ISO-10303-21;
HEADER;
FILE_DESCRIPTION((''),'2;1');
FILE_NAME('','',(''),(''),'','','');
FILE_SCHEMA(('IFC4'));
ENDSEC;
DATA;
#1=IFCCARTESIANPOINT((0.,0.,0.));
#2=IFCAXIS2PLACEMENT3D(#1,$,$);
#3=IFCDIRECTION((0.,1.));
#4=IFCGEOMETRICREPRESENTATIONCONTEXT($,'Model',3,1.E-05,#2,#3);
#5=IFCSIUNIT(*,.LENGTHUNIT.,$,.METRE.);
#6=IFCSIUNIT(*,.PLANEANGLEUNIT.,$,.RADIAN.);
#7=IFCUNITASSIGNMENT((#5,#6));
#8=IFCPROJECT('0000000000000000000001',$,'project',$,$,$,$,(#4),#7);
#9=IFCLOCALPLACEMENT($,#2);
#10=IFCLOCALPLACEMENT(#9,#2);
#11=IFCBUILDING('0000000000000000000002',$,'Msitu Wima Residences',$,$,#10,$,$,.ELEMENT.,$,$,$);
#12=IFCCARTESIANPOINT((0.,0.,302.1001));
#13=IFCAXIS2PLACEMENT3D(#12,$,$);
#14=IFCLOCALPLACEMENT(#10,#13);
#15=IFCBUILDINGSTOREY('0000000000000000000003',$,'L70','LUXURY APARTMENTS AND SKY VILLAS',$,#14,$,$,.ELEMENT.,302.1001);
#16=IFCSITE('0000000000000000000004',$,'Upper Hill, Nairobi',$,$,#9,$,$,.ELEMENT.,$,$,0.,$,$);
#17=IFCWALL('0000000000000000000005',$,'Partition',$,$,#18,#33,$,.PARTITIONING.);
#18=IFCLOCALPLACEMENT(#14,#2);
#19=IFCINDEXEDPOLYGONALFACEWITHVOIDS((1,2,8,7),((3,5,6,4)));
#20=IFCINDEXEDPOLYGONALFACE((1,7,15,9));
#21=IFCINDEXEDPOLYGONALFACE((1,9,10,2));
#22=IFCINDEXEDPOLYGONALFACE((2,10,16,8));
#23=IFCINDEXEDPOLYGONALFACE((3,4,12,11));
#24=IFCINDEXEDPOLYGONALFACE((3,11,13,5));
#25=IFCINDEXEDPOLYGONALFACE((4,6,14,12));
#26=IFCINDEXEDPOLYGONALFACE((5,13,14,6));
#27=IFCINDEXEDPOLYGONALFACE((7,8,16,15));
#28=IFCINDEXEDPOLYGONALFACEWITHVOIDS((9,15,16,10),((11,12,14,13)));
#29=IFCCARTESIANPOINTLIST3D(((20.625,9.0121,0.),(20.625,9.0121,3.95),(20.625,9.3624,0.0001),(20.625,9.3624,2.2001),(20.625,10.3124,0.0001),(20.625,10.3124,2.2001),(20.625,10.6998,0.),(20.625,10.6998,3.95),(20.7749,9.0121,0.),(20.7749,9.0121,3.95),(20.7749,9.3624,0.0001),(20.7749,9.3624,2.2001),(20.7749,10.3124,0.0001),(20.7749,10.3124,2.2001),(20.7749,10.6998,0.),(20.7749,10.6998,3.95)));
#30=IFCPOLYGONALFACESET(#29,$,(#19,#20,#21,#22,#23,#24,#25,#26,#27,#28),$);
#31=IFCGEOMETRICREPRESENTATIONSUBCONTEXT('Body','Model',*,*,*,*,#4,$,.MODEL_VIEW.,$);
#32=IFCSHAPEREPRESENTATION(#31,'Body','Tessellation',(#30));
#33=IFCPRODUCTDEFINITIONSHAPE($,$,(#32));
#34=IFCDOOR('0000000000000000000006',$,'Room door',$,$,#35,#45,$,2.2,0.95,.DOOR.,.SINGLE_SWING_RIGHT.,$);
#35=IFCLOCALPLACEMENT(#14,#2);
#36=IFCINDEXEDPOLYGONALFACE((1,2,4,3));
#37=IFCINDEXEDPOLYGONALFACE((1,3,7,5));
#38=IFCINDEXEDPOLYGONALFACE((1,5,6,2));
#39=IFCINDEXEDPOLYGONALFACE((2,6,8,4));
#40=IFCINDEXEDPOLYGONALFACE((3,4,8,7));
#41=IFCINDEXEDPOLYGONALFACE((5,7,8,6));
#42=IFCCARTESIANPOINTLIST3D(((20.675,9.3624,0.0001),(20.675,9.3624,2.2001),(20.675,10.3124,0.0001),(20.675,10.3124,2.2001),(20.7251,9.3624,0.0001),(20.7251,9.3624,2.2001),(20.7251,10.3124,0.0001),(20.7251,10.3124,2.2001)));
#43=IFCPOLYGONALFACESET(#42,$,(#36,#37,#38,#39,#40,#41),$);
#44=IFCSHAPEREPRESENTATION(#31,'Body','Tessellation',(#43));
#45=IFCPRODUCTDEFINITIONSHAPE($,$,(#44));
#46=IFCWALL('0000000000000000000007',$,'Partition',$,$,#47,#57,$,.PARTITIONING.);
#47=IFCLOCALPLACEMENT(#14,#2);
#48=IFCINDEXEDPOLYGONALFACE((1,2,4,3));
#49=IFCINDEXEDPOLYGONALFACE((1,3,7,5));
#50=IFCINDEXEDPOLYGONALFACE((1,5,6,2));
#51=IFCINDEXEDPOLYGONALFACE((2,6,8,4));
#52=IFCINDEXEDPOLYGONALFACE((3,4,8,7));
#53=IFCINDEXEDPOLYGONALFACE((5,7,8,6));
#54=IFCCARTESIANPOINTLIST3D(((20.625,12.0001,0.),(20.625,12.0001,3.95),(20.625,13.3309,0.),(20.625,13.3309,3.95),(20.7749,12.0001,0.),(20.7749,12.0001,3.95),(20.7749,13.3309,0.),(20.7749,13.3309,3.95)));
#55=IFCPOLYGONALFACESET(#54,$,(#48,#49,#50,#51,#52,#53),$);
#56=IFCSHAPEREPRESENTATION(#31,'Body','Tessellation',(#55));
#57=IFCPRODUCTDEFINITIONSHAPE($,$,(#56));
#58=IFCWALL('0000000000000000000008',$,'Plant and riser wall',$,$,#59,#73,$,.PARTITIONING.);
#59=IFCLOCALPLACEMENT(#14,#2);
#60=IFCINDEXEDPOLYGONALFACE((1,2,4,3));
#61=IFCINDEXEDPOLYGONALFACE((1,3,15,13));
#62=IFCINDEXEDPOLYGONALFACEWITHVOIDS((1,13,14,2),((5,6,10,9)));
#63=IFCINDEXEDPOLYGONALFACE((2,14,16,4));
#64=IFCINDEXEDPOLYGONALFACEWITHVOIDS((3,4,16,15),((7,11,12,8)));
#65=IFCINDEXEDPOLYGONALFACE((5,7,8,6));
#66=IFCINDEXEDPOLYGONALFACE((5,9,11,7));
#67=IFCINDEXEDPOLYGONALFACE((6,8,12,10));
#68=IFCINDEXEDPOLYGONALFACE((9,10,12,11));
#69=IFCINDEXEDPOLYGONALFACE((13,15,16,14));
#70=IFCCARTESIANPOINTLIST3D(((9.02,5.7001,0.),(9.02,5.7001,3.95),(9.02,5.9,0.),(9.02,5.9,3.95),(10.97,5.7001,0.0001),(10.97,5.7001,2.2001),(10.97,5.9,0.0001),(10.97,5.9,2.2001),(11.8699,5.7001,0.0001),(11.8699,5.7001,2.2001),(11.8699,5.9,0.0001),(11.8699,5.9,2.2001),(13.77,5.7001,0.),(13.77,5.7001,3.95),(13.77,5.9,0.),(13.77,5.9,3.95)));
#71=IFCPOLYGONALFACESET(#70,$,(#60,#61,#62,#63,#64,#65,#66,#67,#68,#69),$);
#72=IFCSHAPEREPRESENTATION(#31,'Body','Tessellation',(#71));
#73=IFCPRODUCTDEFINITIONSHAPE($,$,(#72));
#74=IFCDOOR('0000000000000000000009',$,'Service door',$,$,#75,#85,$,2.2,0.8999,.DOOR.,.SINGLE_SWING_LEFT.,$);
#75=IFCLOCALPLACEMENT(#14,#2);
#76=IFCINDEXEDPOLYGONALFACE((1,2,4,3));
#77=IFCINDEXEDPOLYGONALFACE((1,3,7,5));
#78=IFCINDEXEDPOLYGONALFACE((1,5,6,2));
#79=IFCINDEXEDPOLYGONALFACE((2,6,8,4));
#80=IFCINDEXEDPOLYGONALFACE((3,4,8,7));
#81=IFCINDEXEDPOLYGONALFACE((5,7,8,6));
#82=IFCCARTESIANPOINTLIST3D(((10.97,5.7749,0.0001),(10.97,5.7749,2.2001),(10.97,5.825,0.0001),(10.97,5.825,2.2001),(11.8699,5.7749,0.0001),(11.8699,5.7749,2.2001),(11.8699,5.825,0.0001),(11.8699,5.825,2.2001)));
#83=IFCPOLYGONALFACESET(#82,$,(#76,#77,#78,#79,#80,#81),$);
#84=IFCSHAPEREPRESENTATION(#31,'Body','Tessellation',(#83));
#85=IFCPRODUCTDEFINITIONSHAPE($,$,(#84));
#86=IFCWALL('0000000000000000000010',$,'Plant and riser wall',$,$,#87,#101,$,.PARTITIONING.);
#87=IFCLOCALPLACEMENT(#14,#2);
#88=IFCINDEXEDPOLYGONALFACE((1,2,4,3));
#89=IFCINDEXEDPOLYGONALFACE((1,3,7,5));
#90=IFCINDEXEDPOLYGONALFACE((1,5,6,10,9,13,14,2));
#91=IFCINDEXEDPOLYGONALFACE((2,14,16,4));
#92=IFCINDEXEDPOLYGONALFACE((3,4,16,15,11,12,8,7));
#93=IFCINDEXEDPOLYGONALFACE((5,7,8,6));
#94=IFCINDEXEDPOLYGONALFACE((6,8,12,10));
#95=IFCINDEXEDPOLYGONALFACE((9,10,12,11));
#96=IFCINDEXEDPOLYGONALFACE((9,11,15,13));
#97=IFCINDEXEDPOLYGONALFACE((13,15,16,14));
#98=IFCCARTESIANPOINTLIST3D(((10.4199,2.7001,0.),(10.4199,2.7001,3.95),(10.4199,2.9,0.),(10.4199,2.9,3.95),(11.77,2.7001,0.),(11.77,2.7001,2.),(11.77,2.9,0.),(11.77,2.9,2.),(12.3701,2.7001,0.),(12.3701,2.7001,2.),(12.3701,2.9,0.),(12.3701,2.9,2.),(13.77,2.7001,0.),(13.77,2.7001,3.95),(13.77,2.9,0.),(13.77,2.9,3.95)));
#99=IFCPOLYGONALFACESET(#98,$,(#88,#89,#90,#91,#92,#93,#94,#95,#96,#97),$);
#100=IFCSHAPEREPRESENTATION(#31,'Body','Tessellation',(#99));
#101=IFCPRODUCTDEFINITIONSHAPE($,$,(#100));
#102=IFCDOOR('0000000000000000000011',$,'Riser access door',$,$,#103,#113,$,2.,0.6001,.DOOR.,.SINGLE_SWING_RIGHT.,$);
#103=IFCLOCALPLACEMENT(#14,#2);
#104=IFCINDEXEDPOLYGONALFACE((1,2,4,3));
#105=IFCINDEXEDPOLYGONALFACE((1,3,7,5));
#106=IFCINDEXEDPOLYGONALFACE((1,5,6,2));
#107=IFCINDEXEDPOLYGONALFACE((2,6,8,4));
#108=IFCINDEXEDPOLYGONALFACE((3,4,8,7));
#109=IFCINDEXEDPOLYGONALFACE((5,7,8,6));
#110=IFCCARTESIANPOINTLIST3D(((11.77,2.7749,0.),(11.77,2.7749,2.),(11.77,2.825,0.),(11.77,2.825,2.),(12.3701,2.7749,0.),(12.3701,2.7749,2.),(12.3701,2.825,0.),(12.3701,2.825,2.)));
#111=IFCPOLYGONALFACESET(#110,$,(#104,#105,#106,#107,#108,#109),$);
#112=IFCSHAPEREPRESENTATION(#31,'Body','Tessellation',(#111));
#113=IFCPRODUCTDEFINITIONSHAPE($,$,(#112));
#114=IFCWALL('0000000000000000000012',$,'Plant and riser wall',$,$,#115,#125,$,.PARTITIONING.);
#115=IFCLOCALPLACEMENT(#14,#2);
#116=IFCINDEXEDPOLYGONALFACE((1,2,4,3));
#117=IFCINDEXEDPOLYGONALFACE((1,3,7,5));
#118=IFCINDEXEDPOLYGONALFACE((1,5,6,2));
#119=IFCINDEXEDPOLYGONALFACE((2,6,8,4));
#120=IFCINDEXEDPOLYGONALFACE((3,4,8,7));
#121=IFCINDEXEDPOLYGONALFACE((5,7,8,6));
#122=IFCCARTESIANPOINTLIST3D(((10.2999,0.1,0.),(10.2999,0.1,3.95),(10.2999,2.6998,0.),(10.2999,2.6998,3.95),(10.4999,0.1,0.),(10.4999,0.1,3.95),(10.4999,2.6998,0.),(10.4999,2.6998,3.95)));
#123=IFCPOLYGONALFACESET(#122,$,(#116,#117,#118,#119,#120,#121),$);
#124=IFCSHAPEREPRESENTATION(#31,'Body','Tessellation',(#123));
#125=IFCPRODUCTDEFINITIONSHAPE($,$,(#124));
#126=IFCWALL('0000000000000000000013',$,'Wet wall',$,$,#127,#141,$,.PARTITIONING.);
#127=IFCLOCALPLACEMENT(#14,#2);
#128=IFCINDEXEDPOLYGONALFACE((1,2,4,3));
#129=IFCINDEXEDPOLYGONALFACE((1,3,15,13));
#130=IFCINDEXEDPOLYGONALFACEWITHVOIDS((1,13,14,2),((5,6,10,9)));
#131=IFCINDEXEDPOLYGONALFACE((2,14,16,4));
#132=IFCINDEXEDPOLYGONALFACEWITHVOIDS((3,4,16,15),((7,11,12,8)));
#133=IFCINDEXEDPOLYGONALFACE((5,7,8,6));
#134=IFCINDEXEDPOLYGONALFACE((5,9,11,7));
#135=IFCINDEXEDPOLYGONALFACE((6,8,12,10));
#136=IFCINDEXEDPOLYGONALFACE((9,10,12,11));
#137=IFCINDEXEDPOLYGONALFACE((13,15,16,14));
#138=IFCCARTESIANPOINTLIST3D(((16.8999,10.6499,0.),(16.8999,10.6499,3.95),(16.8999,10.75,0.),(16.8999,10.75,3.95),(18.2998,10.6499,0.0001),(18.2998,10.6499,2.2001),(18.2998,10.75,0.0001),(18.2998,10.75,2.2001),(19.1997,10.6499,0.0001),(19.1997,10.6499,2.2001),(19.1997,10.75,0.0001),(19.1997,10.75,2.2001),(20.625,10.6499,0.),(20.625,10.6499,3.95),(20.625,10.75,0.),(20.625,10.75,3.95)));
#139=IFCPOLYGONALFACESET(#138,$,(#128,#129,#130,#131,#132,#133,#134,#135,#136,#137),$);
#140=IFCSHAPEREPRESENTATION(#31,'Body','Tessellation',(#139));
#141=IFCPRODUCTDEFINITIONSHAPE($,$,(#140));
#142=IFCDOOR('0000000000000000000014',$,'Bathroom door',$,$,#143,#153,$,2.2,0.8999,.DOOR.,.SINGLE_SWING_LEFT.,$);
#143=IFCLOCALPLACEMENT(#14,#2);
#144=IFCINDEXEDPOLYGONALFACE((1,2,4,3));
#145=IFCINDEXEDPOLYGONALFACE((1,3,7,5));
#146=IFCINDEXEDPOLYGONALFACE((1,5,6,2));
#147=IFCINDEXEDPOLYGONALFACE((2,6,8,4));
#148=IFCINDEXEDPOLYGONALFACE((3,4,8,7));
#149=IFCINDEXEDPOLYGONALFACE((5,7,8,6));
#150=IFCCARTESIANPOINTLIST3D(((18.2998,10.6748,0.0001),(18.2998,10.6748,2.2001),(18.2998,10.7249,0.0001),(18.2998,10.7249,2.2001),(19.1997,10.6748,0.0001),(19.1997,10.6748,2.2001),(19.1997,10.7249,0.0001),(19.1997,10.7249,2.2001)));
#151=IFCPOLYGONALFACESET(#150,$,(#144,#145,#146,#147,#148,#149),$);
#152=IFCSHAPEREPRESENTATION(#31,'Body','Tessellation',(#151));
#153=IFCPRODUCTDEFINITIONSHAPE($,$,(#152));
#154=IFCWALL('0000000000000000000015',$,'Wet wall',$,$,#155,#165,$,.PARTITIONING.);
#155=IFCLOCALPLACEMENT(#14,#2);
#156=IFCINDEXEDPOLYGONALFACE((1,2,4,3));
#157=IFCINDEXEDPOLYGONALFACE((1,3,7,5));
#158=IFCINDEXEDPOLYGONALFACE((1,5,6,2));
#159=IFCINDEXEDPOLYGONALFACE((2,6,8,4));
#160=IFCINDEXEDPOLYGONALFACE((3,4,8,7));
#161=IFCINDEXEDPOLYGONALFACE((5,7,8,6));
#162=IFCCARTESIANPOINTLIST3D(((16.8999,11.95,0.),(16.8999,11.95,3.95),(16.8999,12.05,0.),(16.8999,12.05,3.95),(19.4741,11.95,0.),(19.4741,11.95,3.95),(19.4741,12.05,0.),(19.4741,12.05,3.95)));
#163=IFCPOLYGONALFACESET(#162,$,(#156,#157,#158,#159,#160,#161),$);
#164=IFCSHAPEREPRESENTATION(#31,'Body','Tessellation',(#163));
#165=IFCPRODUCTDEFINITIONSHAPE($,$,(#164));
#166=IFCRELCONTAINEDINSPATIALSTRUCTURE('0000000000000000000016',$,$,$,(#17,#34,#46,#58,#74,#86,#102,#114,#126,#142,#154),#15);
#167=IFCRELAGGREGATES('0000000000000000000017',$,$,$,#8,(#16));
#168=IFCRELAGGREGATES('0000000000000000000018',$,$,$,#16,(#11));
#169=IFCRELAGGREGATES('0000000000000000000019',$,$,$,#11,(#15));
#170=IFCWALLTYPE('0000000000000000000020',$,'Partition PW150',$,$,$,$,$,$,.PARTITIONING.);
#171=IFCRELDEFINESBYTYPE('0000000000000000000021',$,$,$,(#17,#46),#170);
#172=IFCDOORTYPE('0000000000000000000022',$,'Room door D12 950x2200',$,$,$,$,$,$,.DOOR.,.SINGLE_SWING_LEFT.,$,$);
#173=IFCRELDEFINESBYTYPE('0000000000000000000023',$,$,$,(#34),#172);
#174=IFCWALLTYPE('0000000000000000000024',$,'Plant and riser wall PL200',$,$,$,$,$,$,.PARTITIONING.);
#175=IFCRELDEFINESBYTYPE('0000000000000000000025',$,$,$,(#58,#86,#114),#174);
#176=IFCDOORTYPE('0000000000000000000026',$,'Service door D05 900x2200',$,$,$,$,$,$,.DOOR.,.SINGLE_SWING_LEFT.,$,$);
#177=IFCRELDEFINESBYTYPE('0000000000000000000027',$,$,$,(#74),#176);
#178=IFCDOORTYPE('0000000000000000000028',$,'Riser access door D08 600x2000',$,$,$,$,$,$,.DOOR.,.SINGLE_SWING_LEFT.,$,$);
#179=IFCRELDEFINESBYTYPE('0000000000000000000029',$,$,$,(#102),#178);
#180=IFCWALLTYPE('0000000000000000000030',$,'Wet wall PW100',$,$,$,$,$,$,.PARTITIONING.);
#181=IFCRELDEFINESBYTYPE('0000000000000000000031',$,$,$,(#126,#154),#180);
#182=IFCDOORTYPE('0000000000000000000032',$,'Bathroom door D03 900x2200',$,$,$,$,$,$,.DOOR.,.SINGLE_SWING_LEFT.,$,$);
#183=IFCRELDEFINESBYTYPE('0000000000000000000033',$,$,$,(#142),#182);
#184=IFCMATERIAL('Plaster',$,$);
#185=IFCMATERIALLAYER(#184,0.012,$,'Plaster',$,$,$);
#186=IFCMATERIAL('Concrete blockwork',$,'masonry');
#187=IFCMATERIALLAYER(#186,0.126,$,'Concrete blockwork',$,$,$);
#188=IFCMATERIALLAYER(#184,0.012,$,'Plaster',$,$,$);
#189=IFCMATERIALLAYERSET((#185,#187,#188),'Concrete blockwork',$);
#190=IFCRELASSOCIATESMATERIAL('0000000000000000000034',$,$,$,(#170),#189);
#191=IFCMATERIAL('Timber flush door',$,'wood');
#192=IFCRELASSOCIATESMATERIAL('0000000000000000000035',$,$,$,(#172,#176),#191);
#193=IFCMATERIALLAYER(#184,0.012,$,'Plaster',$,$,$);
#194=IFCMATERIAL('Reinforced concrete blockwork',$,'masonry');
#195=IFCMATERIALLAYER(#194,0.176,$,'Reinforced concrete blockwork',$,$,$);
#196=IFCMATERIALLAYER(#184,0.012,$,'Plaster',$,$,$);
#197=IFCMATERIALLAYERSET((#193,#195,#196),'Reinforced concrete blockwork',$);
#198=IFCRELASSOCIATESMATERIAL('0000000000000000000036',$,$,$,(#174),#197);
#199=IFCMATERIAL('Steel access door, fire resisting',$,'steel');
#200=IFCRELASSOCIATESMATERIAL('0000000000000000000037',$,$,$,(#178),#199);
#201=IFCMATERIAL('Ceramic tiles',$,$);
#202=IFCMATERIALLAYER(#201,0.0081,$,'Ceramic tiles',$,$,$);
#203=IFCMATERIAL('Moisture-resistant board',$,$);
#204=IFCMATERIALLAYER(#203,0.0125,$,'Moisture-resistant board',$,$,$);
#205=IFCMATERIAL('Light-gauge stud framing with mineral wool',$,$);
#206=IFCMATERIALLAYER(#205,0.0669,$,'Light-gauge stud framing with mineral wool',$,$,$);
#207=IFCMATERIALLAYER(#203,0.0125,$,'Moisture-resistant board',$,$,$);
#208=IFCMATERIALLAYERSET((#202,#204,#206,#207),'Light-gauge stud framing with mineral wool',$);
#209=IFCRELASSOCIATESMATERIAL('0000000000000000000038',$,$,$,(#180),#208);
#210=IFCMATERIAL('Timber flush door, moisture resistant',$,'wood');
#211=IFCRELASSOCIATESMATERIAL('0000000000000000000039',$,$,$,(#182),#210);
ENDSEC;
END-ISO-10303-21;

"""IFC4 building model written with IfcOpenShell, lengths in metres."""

from ifc_helpers import new_model, si_unit, direction, frame, frame_2d, origin, place, context, subcontext, project, spatial, rectangle, extrude, material, layer, layer_set, type_object, element, fill, save


model = new_model("IFC4")

# Units and contexts
model_context = context("Model", 3, precision=1e-05, world=origin(), true_north=direction((0.0, 1.0)))
body_context = subcontext(model_context, "Body", "Model", "MODEL_VIEW")
ifc_project = project(units=[si_unit("LENGTHUNIT", "METRE"), si_unit("PLANEANGLEUNIT", "RADIAN")], contexts=[model_context])

# Site, building, storey
site_placement = place(None, origin())
site = spatial("IfcSite", under=ifc_project, at=site_placement, Name="Upper Hill, Nairobi", CompositionType="ELEMENT", RefElevation=0.0)
building_placement = place(site_placement, origin())
building = spatial("IfcBuilding", under=site, at=building_placement, Name="Msitu Wima Residences", CompositionType="ELEMENT")
storey_placement = place(building_placement, frame((0.0, 0.0, 302.1001)))
storey = spatial("IfcBuildingStorey", under=building, at=storey_placement, Name="L70", Description="LUXURY APARTMENTS AND SKY VILLAS", CompositionType="ELEMENT", Elevation=302.1001)

# Shared definitions
ifc_material_1 = material(Name="Plaster")
ifc_layer_1 = layer(ifc_material_1, 0.012, Name="Plaster")
ifc_material_2 = material(Name="Concrete blockwork", Category="masonry")
ifc_layer_2 = layer(ifc_material_2, 0.126, Name="Concrete blockwork")
ifc_layer_3 = layer(ifc_material_1, 0.012, Name="Plaster")
ifc_layer_set_1 = layer_set([ifc_layer_1, ifc_layer_2, ifc_layer_3], Name="Concrete blockwork")
wall_type_1 = type_object("IfcWallType", Name="Partition PW150", PredefinedType="PARTITIONING", material=ifc_layer_set_1)
ifc_material_3 = material(Name="Timber flush door", Category="wood")
door_type_1 = type_object("IfcDoorType", Name="Room door D12 950x2200", OperationType="SINGLE_SWING_LEFT", PredefinedType="DOOR", material=ifc_material_3)

# Wall, opening, door
wall_1_placement = place(storey_placement, frame((20.7, 9.0122, 0.0), z_axis=(0.0, 0.0, 1.0), x_axis=(0.0, 1.0, 0.0)))
wall_1 = element("IfcWall", 1, at=wall_1_placement, inside=storey, type_object=wall_type_1, Name="Partition", PredefinedType="PARTITIONING", context=body_context, shape_type="SweptSolid", body=[
    extrude(rectangle(XDim=1.6877, YDim=0.1499, at=frame_2d((0.8438, 0.0))), origin(), (0.0, 0.0, 1.0), 3.95),
])
opening_1_placement = place(wall_1_placement, frame((0.3501, 0.0, 0.0)))
opening_1 = element("IfcOpeningElement", 2, at=opening_1_placement, cuts=wall_1, PredefinedType="OPENING", context=body_context, shape_type="SweptSolid", body=[
    extrude(rectangle(XDim=0.95, YDim=2.2, at=frame_2d((0.4751, 1.1001))), frame((0.0, 0.085, 0.0), z_axis=(0.0, -1.0, 0.0), x_axis=(1.0, 0.0, 0.0)), (0.0, 0.0, 1.0), 0.1699),
])
door_1_placement = place(opening_1_placement, origin())
door_1 = element("IfcDoor", 3, at=door_1_placement, inside=storey, type_object=door_type_1, Name="Room door", OperationType="SINGLE_SWING_RIGHT", OverallHeight=2.2, OverallWidth=0.95, PredefinedType="DOOR", context=body_context, shape_type="SweptSolid", body=[
    extrude(rectangle(XDim=0.95, YDim=2.2, at=frame_2d((0.4751, 1.1001))), frame((0.0, 0.0249, 0.0), z_axis=(0.0, -1.0, 0.0), x_axis=(1.0, 0.0, 0.0)), (0.0, 0.0, 1.0), 0.05),
])
fill(opening_1, door_1)

# Wall
wall_2_placement = place(storey_placement, frame((20.7, 12.0, 0.0), z_axis=(0.0, 0.0, 1.0), x_axis=(0.0, 1.0, 0.0)))
element("IfcWall", 4, at=wall_2_placement, inside=storey, type_object=wall_type_1, Name="Partition", PredefinedType="PARTITIONING", context=body_context, shape_type="SweptSolid", body=[
    extrude(rectangle(XDim=1.3308, YDim=0.1499, at=frame_2d((0.6655, 0.0))), origin(), (0.0, 0.0, 1.0), 3.95),
])

# Walls, openings, doors
ifc_layer_4 = layer(ifc_material_1, 0.012, Name="Plaster")
ifc_material_4 = material(Name="Reinforced concrete blockwork", Category="masonry")
ifc_layer_5 = layer(ifc_material_4, 0.176, Name="Reinforced concrete blockwork")
ifc_layer_6 = layer(ifc_material_1, 0.012, Name="Plaster")
ifc_layer_set_2 = layer_set([ifc_layer_4, ifc_layer_5, ifc_layer_6], Name="Reinforced concrete blockwork")
wall_type_2 = type_object("IfcWallType", Name="Plant and riser wall PL200", PredefinedType="PARTITIONING", material=ifc_layer_set_2)
wall_3_placement = place(storey_placement, frame((9.02, 5.8, 0.0), z_axis=(0.0, 0.0, 1.0), x_axis=(1.0, 0.0, 0.0)))
wall_3 = element("IfcWall", 5, at=wall_3_placement, inside=storey, type_object=wall_type_2, Name="Plant and riser wall", PredefinedType="PARTITIONING", context=body_context, shape_type="SweptSolid", body=[
    extrude(rectangle(XDim=4.75, YDim=0.2, at=frame_2d((2.375, 0.0))), origin(), (0.0, 0.0, 1.0), 3.95),
])
opening_2_placement = place(wall_3_placement, frame((1.95, 0.0, 0.0)))
opening_2 = element("IfcOpeningElement", 6, at=opening_2_placement, cuts=wall_3, PredefinedType="OPENING", context=body_context, shape_type="SweptSolid", body=[
    extrude(rectangle(XDim=0.8999, YDim=2.2, at=frame_2d((0.45, 1.1001))), frame((0.0, 0.1099, 0.0), z_axis=(0.0, -1.0, 0.0), x_axis=(1.0, 0.0, 0.0)), (0.0, 0.0, 1.0), 0.22),
])
door_type_2 = type_object("IfcDoorType", Name="Service door D05 900x2200", OperationType="SINGLE_SWING_LEFT", PredefinedType="DOOR", material=ifc_material_3)
door_2_placement = place(opening_2_placement, origin())
door_2 = element("IfcDoor", 7, at=door_2_placement, inside=storey, type_object=door_type_2, Name="Service door", OperationType="SINGLE_SWING_LEFT", OverallHeight=2.2, OverallWidth=0.8999, PredefinedType="DOOR", context=body_context, shape_type="SweptSolid", body=[
    extrude(rectangle(XDim=0.8999, YDim=2.2, at=frame_2d((0.45, 1.1001))), frame((0.0, 0.0249, 0.0), z_axis=(0.0, -1.0, 0.0), x_axis=(1.0, 0.0, 0.0)), (0.0, 0.0, 1.0), 0.05),
])
fill(opening_2, door_2)
wall_4_placement = place(storey_placement, frame((10.4199, 2.8, 0.0), z_axis=(0.0, 0.0, 1.0), x_axis=(1.0, 0.0, 0.0)))
wall_4 = element("IfcWall", 8, at=wall_4_placement, inside=storey, type_object=wall_type_2, Name="Plant and riser wall", PredefinedType="PARTITIONING", context=body_context, shape_type="SweptSolid", body=[
    extrude(rectangle(XDim=3.3501, YDim=0.2, at=frame_2d((1.675, 0.0))), origin(), (0.0, 0.0, 1.0), 3.95),
])
opening_3_placement = place(wall_4_placement, frame((1.3501, 0.0, 0.0)))
opening_3 = element("IfcOpeningElement", 9, at=opening_3_placement, cuts=wall_4, PredefinedType="OPENING", context=body_context, shape_type="SweptSolid", body=[
    extrude(rectangle(XDim=0.6001, YDim=2.0, at=frame_2d((0.3, 1.0))), frame((0.0, 0.1099, 0.0), z_axis=(0.0, -1.0, 0.0), x_axis=(1.0, 0.0, 0.0)), (0.0, 0.0, 1.0), 0.22),
])
ifc_material_5 = material(Name="Steel access door, fire resisting", Category="steel")
door_type_3 = type_object("IfcDoorType", Name="Riser access door D08 600x2000", OperationType="SINGLE_SWING_LEFT", PredefinedType="DOOR", material=ifc_material_5)
door_3_placement = place(opening_3_placement, origin())
door_3 = element("IfcDoor", 10, at=door_3_placement, inside=storey, type_object=door_type_3, Name="Riser access door", OperationType="SINGLE_SWING_RIGHT", OverallHeight=2.0, OverallWidth=0.6001, PredefinedType="DOOR", context=body_context, shape_type="SweptSolid", body=[
    extrude(rectangle(XDim=0.6001, YDim=2.0, at=frame_2d((0.3, 1.0))), frame((0.0, 0.0249, 0.0), z_axis=(0.0, -1.0, 0.0), x_axis=(1.0, 0.0, 0.0)), (0.0, 0.0, 1.0), 0.05),
])
fill(opening_3, door_3)

# Wall
wall_5_placement = place(storey_placement, frame((10.3999, 0.1001, 0.0), z_axis=(0.0, 0.0, 1.0), x_axis=(0.0, 1.0, 0.0)))
element("IfcWall", 11, at=wall_5_placement, inside=storey, type_object=wall_type_2, Name="Plant and riser wall", PredefinedType="PARTITIONING", context=body_context, shape_type="SweptSolid", body=[
    extrude(rectangle(XDim=2.5999, YDim=0.2, at=frame_2d((1.2998, 0.0))), origin(), (0.0, 0.0, 1.0), 3.95),
])

# Wall, opening, door
ifc_material_6 = material(Name="Ceramic tiles")
ifc_layer_7 = layer(ifc_material_6, 0.0081, Name="Ceramic tiles")
ifc_material_7 = material(Name="Moisture-resistant board")
ifc_layer_8 = layer(ifc_material_7, 0.0125, Name="Moisture-resistant board")
ifc_material_8 = material(Name="Light-gauge stud framing with mineral wool")
ifc_layer_9 = layer(ifc_material_8, 0.0669, Name="Light-gauge stud framing with mineral wool")
ifc_layer_10 = layer(ifc_material_7, 0.0125, Name="Moisture-resistant board")
ifc_layer_set_3 = layer_set([ifc_layer_7, ifc_layer_8, ifc_layer_9, ifc_layer_10], Name="Light-gauge stud framing with mineral wool")
wall_type_3 = type_object("IfcWallType", Name="Wet wall PW100", PredefinedType="PARTITIONING", material=ifc_layer_set_3)
wall_6_placement = place(storey_placement, frame((16.8999, 10.7, 0.0), z_axis=(0.0, 0.0, 1.0), x_axis=(1.0, 0.0, 0.0)))
wall_6 = element("IfcWall", 12, at=wall_6_placement, inside=storey, type_object=wall_type_3, Name="Wet wall", PredefinedType="PARTITIONING", context=body_context, shape_type="SweptSolid", body=[
    extrude(rectangle(XDim=3.7251, YDim=0.1001, at=frame_2d((1.8625, 0.0))), origin(), (0.0, 0.0, 1.0), 3.95),
])
opening_4_placement = place(wall_6_placement, frame((1.3999, 0.0, 0.0)))
opening_4 = element("IfcOpeningElement", 13, at=opening_4_placement, cuts=wall_6, PredefinedType="OPENING", context=body_context, shape_type="SweptSolid", body=[
    extrude(rectangle(XDim=0.8999, YDim=2.2, at=frame_2d((0.45, 1.1001))), frame((0.0, 0.0601, 0.0), z_axis=(0.0, -1.0, 0.0), x_axis=(1.0, 0.0, 0.0)), (0.0, 0.0, 1.0), 0.1201),
])
ifc_material_9 = material(Name="Timber flush door, moisture resistant", Category="wood")
door_type_4 = type_object("IfcDoorType", Name="Bathroom door D03 900x2200", OperationType="SINGLE_SWING_LEFT", PredefinedType="DOOR", material=ifc_material_9)
door_4_placement = place(opening_4_placement, origin())
door_4 = element("IfcDoor", 14, at=door_4_placement, inside=storey, type_object=door_type_4, Name="Bathroom door", OperationType="SINGLE_SWING_LEFT", OverallHeight=2.2, OverallWidth=0.8999, PredefinedType="DOOR", context=body_context, shape_type="SweptSolid", body=[
    extrude(rectangle(XDim=0.8999, YDim=2.2, at=frame_2d((0.45, 1.1001))), frame((0.0, 0.0249, 0.0), z_axis=(0.0, -1.0, 0.0), x_axis=(1.0, 0.0, 0.0)), (0.0, 0.0, 1.0), 0.05),
])
fill(opening_4, door_4)

# Wall
wall_7_placement = place(storey_placement, frame((16.8999, 12.0, 0.0), z_axis=(0.0, 0.0, 1.0), x_axis=(1.0, 0.0, 0.0)))
element("IfcWall", 15, at=wall_7_placement, inside=storey, type_object=wall_type_3, Name="Wet wall", PredefinedType="PARTITIONING", context=body_context, shape_type="SweptSolid", body=[
    extrude(rectangle(XDim=2.5742, YDim=0.1001, at=frame_2d((1.2871, 0.0))), origin(), (0.0, 0.0, 1.0), 3.95),
])

save(model, "model.ifc")
